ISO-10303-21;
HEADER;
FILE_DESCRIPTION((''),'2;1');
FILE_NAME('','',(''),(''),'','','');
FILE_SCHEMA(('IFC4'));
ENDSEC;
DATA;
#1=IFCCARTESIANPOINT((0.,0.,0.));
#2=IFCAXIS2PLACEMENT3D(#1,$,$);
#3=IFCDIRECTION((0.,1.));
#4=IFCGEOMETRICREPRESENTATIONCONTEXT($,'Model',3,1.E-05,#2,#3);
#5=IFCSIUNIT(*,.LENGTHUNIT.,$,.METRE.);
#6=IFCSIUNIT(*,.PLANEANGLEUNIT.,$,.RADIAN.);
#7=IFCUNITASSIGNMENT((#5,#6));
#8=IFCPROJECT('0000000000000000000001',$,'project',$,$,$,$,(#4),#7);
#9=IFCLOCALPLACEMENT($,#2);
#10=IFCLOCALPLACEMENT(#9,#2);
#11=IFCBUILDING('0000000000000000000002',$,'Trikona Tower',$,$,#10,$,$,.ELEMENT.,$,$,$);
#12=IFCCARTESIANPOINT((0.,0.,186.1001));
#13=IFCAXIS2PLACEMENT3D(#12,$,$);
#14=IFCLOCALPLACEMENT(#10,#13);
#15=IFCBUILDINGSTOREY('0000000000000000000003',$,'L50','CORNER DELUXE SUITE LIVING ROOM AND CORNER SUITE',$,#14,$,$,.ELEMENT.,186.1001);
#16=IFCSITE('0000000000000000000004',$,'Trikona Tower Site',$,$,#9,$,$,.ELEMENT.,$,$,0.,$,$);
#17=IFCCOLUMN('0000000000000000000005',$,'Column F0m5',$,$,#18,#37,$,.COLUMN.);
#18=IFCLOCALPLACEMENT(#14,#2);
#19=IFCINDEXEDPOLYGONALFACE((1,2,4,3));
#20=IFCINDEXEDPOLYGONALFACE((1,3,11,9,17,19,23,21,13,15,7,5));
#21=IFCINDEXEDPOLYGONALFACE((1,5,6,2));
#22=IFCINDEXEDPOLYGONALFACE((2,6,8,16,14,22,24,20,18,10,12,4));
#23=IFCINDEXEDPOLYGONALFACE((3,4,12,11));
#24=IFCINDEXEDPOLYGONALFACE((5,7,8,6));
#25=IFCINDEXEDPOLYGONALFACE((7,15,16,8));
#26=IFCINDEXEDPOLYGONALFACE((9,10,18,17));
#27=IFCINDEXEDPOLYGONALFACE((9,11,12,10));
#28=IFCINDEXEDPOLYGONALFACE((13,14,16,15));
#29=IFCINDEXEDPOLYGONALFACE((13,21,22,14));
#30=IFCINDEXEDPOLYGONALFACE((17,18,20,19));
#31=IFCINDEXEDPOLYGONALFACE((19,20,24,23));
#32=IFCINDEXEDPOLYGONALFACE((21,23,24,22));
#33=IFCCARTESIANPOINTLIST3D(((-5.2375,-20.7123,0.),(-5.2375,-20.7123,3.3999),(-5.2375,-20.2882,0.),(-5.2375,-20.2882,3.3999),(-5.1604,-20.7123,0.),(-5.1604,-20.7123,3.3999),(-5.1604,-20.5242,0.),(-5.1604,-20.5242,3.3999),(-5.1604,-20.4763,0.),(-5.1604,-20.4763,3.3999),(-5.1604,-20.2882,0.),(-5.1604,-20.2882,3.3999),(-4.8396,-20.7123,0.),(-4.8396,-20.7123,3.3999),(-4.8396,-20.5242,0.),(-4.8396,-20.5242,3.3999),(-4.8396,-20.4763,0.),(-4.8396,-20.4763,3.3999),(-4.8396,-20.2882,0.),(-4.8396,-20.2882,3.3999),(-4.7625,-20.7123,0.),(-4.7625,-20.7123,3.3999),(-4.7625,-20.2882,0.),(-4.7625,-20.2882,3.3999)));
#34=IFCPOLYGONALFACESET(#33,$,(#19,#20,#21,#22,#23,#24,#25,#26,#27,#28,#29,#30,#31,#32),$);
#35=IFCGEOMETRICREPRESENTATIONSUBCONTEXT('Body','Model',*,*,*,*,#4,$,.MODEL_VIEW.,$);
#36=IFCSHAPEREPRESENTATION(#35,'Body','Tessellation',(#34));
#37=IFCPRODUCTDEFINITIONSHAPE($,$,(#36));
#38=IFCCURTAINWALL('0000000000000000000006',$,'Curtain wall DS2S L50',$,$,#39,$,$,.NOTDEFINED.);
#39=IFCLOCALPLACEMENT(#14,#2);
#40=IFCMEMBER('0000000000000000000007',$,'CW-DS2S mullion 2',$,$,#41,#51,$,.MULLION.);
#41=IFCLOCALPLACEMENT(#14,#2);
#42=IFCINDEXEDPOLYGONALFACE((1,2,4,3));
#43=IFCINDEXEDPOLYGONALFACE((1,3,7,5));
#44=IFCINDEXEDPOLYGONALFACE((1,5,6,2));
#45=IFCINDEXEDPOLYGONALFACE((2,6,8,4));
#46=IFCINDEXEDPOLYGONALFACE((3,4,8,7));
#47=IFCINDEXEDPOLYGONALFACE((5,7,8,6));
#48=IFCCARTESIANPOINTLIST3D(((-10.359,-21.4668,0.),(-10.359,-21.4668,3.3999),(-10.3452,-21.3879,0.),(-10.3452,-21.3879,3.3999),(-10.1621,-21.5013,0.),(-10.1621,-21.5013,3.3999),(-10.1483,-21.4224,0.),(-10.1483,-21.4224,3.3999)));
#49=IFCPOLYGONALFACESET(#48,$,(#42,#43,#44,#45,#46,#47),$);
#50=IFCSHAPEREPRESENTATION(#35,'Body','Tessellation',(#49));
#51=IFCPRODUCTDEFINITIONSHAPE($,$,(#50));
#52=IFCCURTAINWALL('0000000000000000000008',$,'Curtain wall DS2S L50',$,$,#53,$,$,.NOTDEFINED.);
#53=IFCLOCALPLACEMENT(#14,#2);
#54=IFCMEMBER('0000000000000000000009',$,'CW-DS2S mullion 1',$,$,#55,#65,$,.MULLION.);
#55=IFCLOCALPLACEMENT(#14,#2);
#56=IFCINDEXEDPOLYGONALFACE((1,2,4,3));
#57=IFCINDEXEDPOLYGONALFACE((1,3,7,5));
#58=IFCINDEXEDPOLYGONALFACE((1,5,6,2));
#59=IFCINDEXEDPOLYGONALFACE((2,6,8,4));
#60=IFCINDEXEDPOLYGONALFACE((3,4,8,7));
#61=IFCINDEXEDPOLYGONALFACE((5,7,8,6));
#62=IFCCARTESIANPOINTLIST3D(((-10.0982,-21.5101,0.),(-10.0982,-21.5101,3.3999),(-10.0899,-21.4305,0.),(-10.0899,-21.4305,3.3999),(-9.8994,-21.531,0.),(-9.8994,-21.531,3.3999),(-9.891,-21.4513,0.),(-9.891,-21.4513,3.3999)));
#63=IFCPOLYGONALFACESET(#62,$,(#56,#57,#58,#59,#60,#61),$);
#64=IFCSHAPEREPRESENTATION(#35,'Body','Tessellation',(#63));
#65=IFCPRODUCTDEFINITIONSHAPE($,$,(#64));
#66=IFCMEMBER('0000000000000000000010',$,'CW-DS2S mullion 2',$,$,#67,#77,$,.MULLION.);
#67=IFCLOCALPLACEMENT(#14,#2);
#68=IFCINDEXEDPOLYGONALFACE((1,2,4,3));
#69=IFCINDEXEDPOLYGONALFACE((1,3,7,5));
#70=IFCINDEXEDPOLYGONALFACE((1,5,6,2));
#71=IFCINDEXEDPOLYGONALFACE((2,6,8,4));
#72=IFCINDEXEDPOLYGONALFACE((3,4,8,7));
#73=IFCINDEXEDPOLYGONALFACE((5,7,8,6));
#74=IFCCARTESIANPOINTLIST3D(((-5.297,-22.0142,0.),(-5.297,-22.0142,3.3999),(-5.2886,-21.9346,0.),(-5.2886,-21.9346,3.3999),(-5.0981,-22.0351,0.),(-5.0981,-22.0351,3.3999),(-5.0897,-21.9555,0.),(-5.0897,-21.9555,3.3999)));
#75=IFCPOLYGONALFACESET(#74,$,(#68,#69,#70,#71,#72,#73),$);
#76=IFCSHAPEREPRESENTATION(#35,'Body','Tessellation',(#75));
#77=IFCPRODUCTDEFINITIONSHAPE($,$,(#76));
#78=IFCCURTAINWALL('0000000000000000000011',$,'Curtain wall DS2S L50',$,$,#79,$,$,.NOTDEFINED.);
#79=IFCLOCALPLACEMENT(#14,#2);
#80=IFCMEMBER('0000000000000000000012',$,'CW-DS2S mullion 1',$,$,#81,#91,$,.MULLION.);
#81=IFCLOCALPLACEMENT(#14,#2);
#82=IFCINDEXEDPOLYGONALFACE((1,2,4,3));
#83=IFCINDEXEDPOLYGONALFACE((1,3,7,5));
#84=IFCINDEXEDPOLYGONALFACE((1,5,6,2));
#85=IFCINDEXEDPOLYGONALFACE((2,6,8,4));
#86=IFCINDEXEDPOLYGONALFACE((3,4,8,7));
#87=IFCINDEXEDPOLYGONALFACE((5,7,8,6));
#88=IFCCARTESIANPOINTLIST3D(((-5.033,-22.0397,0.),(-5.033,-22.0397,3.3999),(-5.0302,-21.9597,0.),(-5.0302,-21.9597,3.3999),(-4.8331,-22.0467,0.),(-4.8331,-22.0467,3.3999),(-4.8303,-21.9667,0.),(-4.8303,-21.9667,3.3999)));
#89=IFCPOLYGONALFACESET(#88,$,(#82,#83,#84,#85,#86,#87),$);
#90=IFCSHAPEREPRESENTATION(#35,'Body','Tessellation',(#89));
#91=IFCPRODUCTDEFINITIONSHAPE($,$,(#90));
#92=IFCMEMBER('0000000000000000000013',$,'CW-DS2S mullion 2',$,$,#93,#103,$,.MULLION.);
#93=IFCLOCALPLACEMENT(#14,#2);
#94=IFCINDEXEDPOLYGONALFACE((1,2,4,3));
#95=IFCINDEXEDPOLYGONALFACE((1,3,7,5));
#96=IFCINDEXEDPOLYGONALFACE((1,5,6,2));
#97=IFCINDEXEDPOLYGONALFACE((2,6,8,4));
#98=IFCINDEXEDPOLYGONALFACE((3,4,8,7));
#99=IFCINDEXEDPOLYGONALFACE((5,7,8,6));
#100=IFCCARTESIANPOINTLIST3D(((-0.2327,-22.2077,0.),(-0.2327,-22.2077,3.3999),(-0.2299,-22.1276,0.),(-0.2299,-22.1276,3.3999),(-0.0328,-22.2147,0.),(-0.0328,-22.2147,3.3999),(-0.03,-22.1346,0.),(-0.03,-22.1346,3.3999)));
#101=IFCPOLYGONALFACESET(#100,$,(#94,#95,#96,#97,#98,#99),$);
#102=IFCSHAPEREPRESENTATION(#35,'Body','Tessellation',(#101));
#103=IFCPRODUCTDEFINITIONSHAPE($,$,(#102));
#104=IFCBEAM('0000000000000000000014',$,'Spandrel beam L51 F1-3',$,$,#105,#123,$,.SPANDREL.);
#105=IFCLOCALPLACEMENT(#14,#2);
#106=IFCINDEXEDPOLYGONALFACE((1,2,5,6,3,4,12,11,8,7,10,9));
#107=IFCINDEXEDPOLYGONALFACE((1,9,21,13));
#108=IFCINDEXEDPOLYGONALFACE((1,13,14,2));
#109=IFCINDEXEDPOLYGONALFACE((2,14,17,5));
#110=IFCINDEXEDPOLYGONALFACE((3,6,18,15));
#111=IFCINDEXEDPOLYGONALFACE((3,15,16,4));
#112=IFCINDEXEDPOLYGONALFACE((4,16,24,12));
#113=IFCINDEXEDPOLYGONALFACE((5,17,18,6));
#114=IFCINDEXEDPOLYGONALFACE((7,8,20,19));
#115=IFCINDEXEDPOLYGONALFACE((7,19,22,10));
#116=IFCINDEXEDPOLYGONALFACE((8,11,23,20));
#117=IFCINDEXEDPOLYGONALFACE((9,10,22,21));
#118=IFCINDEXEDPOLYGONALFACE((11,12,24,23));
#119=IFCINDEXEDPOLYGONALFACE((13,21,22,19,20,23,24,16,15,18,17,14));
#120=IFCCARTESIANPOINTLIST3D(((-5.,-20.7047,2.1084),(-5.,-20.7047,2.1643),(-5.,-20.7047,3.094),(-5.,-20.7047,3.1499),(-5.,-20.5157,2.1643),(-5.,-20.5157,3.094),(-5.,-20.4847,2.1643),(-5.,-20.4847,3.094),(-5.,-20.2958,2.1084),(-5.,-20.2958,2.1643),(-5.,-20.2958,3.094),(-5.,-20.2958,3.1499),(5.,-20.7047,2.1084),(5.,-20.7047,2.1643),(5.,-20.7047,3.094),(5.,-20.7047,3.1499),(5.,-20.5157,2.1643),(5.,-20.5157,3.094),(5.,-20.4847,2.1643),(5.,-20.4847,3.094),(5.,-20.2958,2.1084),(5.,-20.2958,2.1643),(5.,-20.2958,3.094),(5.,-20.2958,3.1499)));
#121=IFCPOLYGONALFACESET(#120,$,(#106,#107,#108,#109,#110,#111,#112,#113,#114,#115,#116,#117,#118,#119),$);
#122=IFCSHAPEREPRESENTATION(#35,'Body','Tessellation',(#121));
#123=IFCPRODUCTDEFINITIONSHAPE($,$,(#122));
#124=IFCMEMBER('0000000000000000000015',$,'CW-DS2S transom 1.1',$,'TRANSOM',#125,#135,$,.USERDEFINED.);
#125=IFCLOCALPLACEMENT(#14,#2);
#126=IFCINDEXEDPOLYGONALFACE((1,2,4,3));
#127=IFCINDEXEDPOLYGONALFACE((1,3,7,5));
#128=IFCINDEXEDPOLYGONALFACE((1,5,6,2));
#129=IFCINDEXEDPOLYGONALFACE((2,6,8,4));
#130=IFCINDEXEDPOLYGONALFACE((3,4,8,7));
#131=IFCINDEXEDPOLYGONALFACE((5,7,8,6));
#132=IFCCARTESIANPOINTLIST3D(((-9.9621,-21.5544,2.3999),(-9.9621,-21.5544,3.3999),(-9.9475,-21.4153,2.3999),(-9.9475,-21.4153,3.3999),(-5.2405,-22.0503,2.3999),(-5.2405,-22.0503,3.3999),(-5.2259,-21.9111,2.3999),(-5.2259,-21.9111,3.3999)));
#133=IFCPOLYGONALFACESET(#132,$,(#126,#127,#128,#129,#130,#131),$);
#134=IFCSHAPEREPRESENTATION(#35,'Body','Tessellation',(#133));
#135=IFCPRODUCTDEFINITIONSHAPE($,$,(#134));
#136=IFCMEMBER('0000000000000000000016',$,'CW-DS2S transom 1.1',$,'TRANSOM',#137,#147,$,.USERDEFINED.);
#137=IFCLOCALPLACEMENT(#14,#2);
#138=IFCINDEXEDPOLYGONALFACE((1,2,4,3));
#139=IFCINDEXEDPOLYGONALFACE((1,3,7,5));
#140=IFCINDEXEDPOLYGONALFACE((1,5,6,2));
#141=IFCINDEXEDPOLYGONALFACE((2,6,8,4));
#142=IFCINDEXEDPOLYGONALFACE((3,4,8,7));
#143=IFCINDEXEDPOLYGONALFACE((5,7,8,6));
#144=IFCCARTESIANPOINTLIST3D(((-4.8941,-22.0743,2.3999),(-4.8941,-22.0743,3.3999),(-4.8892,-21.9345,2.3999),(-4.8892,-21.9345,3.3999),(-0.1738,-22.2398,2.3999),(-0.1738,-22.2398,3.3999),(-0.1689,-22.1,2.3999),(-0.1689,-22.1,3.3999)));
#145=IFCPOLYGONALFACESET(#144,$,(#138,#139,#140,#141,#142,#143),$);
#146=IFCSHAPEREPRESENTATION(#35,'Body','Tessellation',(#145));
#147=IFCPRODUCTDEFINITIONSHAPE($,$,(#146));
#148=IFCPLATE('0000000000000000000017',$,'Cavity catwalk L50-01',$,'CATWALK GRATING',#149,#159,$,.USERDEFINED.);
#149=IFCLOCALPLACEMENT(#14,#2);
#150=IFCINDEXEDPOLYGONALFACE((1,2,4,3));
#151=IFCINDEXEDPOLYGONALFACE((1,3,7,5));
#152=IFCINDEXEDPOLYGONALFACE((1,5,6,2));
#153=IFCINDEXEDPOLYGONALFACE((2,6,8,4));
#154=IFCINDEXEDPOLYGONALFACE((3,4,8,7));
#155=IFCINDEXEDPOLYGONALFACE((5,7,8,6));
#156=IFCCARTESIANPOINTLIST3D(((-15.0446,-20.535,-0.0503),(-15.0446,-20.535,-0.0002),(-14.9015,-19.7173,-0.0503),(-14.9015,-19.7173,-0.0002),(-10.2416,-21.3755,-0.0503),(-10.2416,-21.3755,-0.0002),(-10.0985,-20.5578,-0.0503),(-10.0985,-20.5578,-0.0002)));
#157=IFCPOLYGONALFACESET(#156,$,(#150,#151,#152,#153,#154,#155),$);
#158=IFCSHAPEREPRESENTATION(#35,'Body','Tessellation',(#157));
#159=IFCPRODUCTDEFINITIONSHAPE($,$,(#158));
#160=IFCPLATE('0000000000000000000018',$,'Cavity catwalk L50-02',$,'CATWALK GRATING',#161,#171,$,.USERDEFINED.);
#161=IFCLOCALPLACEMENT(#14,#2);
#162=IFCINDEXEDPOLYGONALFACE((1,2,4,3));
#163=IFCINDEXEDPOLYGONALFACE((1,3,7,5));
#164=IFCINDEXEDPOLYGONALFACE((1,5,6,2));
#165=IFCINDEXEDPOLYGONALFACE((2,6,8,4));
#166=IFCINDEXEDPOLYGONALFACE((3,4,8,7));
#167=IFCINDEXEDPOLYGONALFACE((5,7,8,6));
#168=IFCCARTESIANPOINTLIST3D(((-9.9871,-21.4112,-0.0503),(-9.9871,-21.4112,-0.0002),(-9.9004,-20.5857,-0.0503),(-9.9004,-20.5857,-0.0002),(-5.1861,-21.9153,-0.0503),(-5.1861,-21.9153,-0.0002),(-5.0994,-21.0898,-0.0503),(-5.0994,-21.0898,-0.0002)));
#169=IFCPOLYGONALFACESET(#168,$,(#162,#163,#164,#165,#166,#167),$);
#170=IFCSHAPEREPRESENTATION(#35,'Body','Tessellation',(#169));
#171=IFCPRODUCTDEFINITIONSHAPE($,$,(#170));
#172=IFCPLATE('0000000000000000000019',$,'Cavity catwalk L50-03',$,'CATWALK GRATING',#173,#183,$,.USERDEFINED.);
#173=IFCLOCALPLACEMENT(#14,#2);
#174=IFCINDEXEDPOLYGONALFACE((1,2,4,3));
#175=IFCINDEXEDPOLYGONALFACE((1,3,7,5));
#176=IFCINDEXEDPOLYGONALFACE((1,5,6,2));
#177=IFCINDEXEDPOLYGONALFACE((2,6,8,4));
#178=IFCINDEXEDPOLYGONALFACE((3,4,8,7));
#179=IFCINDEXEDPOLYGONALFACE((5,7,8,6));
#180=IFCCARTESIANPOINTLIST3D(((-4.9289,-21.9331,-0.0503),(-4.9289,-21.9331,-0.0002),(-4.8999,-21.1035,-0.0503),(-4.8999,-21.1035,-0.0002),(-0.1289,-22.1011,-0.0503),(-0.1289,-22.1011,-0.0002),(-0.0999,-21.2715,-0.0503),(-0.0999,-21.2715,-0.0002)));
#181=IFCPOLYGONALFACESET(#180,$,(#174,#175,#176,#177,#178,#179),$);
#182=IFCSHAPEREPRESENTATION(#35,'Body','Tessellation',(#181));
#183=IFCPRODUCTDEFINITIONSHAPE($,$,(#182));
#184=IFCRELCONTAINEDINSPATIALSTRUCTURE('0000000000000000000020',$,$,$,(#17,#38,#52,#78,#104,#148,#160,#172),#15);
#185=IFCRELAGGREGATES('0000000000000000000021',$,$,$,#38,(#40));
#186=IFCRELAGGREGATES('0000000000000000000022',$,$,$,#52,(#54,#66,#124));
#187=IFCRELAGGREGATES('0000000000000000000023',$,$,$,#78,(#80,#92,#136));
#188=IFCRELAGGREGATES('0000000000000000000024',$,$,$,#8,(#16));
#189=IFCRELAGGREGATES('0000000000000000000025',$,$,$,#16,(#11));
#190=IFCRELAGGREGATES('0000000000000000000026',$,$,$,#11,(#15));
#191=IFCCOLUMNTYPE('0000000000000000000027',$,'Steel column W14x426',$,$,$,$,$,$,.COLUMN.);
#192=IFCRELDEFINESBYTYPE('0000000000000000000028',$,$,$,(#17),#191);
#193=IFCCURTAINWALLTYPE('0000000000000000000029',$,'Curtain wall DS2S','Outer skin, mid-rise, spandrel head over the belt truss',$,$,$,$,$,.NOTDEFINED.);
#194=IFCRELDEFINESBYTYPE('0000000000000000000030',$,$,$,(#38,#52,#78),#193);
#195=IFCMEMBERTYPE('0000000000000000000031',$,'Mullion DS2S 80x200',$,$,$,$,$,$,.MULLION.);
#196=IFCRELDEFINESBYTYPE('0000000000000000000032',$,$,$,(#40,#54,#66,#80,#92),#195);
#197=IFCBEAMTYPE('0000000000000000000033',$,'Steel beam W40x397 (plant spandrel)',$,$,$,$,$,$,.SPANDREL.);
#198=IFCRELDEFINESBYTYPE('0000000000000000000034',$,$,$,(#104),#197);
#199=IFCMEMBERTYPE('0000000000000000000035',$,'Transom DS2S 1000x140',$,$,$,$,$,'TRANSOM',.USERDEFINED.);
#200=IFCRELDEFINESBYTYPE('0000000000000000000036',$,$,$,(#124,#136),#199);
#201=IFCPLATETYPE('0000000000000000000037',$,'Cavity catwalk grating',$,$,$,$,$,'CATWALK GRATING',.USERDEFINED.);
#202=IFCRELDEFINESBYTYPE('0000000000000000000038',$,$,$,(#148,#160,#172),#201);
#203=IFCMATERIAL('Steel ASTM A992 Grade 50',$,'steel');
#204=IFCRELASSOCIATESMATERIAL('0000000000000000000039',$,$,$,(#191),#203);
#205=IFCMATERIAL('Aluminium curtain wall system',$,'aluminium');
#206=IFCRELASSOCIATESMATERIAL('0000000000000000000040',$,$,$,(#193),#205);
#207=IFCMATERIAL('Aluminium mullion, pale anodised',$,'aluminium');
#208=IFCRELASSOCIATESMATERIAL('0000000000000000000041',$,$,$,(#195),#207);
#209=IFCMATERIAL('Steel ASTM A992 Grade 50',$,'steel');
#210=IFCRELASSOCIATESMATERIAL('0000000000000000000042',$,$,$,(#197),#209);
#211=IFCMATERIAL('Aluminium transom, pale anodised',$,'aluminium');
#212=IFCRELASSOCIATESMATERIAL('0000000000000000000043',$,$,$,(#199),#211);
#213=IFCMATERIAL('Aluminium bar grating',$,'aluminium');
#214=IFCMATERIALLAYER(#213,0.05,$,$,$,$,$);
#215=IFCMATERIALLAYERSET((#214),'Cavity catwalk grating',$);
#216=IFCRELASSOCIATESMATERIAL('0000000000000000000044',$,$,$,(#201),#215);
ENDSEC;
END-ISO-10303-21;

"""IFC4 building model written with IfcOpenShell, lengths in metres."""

from ifc_helpers import new_model, si_unit, direction, frame, origin, origin_2d, place, context, subcontext, project, spatial, rectangle, i_section, extrude, material, layer, layer_set, material_profile, profile_set, type_object, element, aggregate, save


model = new_model("IFC4")

# Units and contexts
model_context = context("Model", 3, precision=1e-05, world=origin(), true_north=direction((0.0, 1.0)))
body_context = subcontext(model_context, "Body", "Model", "MODEL_VIEW")
ifc_project = project(units=[si_unit("LENGTHUNIT", "METRE"), si_unit("PLANEANGLEUNIT", "RADIAN")], contexts=[model_context])

# Site, building, storey
site_placement = place(None, origin())
site = spatial("IfcSite", under=ifc_project, at=site_placement, Name="Trikona Tower Site", CompositionType="ELEMENT", RefElevation=0.0)
building_placement = place(site_placement, origin())
building = spatial("IfcBuilding", under=site, at=building_placement, Name="Trikona Tower", CompositionType="ELEMENT")
storey_placement = place(building_placement, frame((0.0, 0.0, 186.1001)))
storey = spatial("IfcBuildingStorey", under=building, at=storey_placement, Name="L50", Description="CORNER DELUXE SUITE LIVING ROOM AND CORNER SUITE", CompositionType="ELEMENT", Elevation=186.1001)

# Column
ifc_material_1 = material(Name="Steel ASTM A992 Grade 50", Category="steel")
ifc_material_profile_1 = material_profile(ifc_material_1, i_section(OverallWidth=0.4241, OverallDepth=0.4751, WebThickness=0.0479, FlangeThickness=0.0771, at=origin_2d()), Name="W14X426")
ifc_profile_set_1 = profile_set([ifc_material_profile_1], Name="Steel ASTM A992 Grade 50")
column_type = type_object("IfcColumnType", Name="Steel column W14x426", PredefinedType="COLUMN", material=ifc_profile_set_1)
column_placement = place(storey_placement, frame((-5.0, -20.5002, 0.0), z_axis=(0.0, 0.0, 1.0), x_axis=(0.0, -1.0, 0.0)))
element("IfcColumn", 1, at=column_placement, inside=storey, type_object=column_type, Name="Column F0m5", PredefinedType="COLUMN", context=body_context, shape_type="SweptSolid", body=[
    extrude(i_section(OverallWidth=0.4241, OverallDepth=0.4751, WebThickness=0.0479, FlangeThickness=0.0771, at=origin_2d()), origin(), (0.0, 0.0, 1.0), 3.3999),
])

# Curtain wall, member
ifc_material_2 = material(Name="Aluminium curtain wall system", Category="aluminium")
curtain_wall_type = type_object("IfcCurtainWallType", Name="Curtain wall DS2S", Description="Outer skin, mid-rise, spandrel head over the belt truss", PredefinedType="NOTDEFINED", material=ifc_material_2)
curtain_wall_1_placement = place(storey_placement, origin())
curtain_wall_1 = element("IfcCurtainWall", 2, at=curtain_wall_1_placement, inside=storey, type_object=curtain_wall_type, Name="Curtain wall DS2S L50", PredefinedType="NOTDEFINED")
ifc_material_3 = material(Name="Aluminium mullion, pale anodised", Category="aluminium")
ifc_material_profile_2 = material_profile(ifc_material_3, rectangle(XDim=0.0801, YDim=0.2, at=origin_2d()), Name="MUL-DS2S")
ifc_profile_set_2 = profile_set([ifc_material_profile_2], Name="Aluminium mullion, pale anodised")
member_type_1 = type_object("IfcMemberType", Name="Mullion DS2S 80x200", PredefinedType="MULLION", material=ifc_profile_set_2)
member_1_placement = place(storey_placement, frame((-10.2537, -21.4446, 0.0), z_axis=(0.0, 0.0, 1.0), x_axis=(0.172377, 0.985031, 0.0)))
member_1 = element("IfcMember", 3, at=member_1_placement, type_object=member_type_1, Name="CW-DS2S mullion 2", PredefinedType="MULLION", context=body_context, shape_type="SweptSolid", body=[
    extrude(rectangle(XDim=0.0801, YDim=0.2, at=origin_2d()), origin(), (0.0, 0.0, 1.0), 3.3999),
])

# Curtain walls, members
curtain_wall_2_placement = place(storey_placement, origin())
curtain_wall_2 = element("IfcCurtainWall", 4, at=curtain_wall_2_placement, inside=storey, type_object=curtain_wall_type, Name="Curtain wall DS2S L50", PredefinedType="NOTDEFINED")
member_2_placement = place(storey_placement, frame((-9.9946, -21.4807, 0.0), z_axis=(0.0, 0.0, 1.0), x_axis=(0.104433, 0.994532, 0.0)))
member_2 = element("IfcMember", 5, at=member_2_placement, type_object=member_type_1, Name="CW-DS2S mullion 1", PredefinedType="MULLION", context=body_context, shape_type="SweptSolid", body=[
    extrude(rectangle(XDim=0.0801, YDim=0.2, at=origin_2d()), origin(), (0.0, 0.0, 1.0), 3.3999),
])
member_3_placement = place(storey_placement, frame((-5.1934, -21.9849, 0.0), z_axis=(0.0, 0.0, 1.0), x_axis=(0.104433, 0.994532, 0.0)))
member_3 = element("IfcMember", 6, at=member_3_placement, type_object=member_type_1, Name="CW-DS2S mullion 2", PredefinedType="MULLION", context=body_context, shape_type="SweptSolid", body=[
    extrude(rectangle(XDim=0.0801, YDim=0.2, at=origin_2d()), origin(), (0.0, 0.0, 1.0), 3.3999),
])
curtain_wall_3_placement = place(storey_placement, origin())
curtain_wall_3 = element("IfcCurtainWall", 7, at=curtain_wall_3_placement, inside=storey, type_object=curtain_wall_type, Name="Curtain wall DS2S L50", PredefinedType="NOTDEFINED")
member_4_placement = place(storey_placement, frame((-4.9316, -22.0032, 0.0), z_axis=(0.0, 0.0, 1.0), x_axis=(0.034998, 0.999387, 0.0)))
member_4 = element("IfcMember", 8, at=member_4_placement, type_object=member_type_1, Name="CW-DS2S mullion 1", PredefinedType="MULLION", context=body_context, shape_type="SweptSolid", body=[
    extrude(rectangle(XDim=0.0801, YDim=0.2, at=origin_2d()), origin(), (0.0, 0.0, 1.0), 3.3999),
])
member_5_placement = place(storey_placement, frame((-0.1313, -22.1711, 0.0), z_axis=(0.0, 0.0, 1.0), x_axis=(0.034998, 0.999387, 0.0)))
member_5 = element("IfcMember", 9, at=member_5_placement, type_object=member_type_1, Name="CW-DS2S mullion 2", PredefinedType="MULLION", context=body_context, shape_type="SweptSolid", body=[
    extrude(rectangle(XDim=0.0801, YDim=0.2, at=origin_2d()), origin(), (0.0, 0.0, 1.0), 3.3999),
])

# Beam
ifc_material_4 = material(Name="Steel ASTM A992 Grade 50", Category="steel")
ifc_material_profile_3 = material_profile(ifc_material_4, i_section(OverallWidth=0.4089, OverallDepth=1.0415, WebThickness=0.031, FlangeThickness=0.0559, at=origin_2d()), Name="W40X397")
ifc_profile_set_3 = profile_set([ifc_material_profile_3], Name="Steel ASTM A992 Grade 50")
beam_type = type_object("IfcBeamType", Name="Steel beam W40x397 (plant spandrel)", PredefinedType="SPANDREL", material=ifc_profile_set_3)
beam_placement = place(storey_placement, frame((-5.0, -20.5002, 2.6292), z_axis=(1.0, 0.0, 0.0), x_axis=(0.0, 1.0, 0.0)))
element("IfcBeam", 10, at=beam_placement, inside=storey, type_object=beam_type, Name="Spandrel beam L51 F1-3", PredefinedType="SPANDREL", context=body_context, shape_type="SweptSolid", body=[
    extrude(i_section(OverallWidth=0.4089, OverallDepth=1.0415, WebThickness=0.031, FlangeThickness=0.0559, at=origin_2d()), origin(), (0.0, 0.0, 1.0), 10.0),
])

# Members
ifc_material_5 = material(Name="Aluminium transom, pale anodised", Category="aluminium")
ifc_material_profile_4 = material_profile(ifc_material_5, rectangle(XDim=0.1399, YDim=1.0, at=origin_2d()), Name="TRN-DS2S")
ifc_profile_set_4 = profile_set([ifc_material_profile_4], Name="Aluminium transom, pale anodised")
member_type_2 = type_object("IfcMemberType", Name="Transom DS2S 1000x140", ElementType="TRANSOM", PredefinedType="USERDEFINED", material=ifc_profile_set_4)
member_6_placement = place(storey_placement, frame((-9.9548, -21.4849, 2.8999), z_axis=(0.994531, -0.104441, 0.0), x_axis=(0.104441, 0.994531, 0.0)))
member_6 = element("IfcMember", 11, at=member_6_placement, type_object=member_type_2, Name="CW-DS2S transom 1.1", ObjectType="TRANSOM", PredefinedType="USERDEFINED", context=body_context, shape_type="SweptSolid", body=[
    extrude(rectangle(XDim=0.1399, YDim=1.0, at=origin_2d()), origin(), (0.0, 0.0, 1.0), 4.7476),
])
member_7_placement = place(storey_placement, frame((-4.8916, -22.0044, 2.8999), z_axis=(0.999386, -0.035046, 0.0), x_axis=(0.035046, 0.999386, 0.0)))
member_7 = element("IfcMember", 12, at=member_7_placement, type_object=member_type_2, Name="CW-DS2S transom 1.1", ObjectType="TRANSOM", PredefinedType="USERDEFINED", context=body_context, shape_type="SweptSolid", body=[
    extrude(rectangle(XDim=0.1399, YDim=1.0, at=origin_2d()), origin(), (0.0, 0.0, 1.0), 4.7231),
])

# Plates
ifc_material_6 = material(Name="Aluminium bar grating", Category="aluminium")
ifc_layer_1 = layer(ifc_material_6, 0.05)
ifc_layer_set_1 = layer_set([ifc_layer_1], Name="Cavity catwalk grating")
plate_type_1 = type_object("IfcPlateType", Name="Cavity catwalk grating", ElementType="CATWALK GRATING", PredefinedType="USERDEFINED", material=ifc_layer_set_1)
plate_1_placement = place(storey_placement, frame((-12.5715, -20.5464, -0.0503), z_axis=(0.0, 0.0, 1.0), x_axis=(0.985031, -0.17238, 0.0)))
element("IfcPlate", 13, at=plate_1_placement, inside=storey, type_object=plate_type_1, Name="Cavity catwalk L50-01", ObjectType="CATWALK GRATING", PredefinedType="USERDEFINED", context=body_context, shape_type="SweptSolid", body=[
    extrude(rectangle(XDim=4.876, YDim=0.8301, at=origin_2d()), origin(), (0.0, 0.0, 1.0), 0.05),
])
plate_2_placement = place(storey_placement, frame((-7.5432, -21.2505, -0.0503), z_axis=(0.0, 0.0, 1.0), x_axis=(0.994533, -0.104426, 0.0)))
element("IfcPlate", 14, at=plate_2_placement, inside=storey, type_object=plate_type_1, Name="Cavity catwalk L50-02", ObjectType="CATWALK GRATING", PredefinedType="USERDEFINED", context=body_context, shape_type="SweptSolid", body=[
    extrude(rectangle(XDim=4.8274, YDim=0.8301, at=origin_2d()), origin(), (0.0, 0.0, 1.0), 0.05),
])
plate_3_placement = place(storey_placement, frame((-2.5144, -21.6023, -0.0503), z_axis=(0.0, 0.0, 1.0), x_axis=(0.999388, -0.034978, 0.0)))
element("IfcPlate", 15, at=plate_3_placement, inside=storey, type_object=plate_type_1, Name="Cavity catwalk L50-03", ObjectType="CATWALK GRATING", PredefinedType="USERDEFINED", context=body_context, shape_type="SweptSolid", body=[
    extrude(rectangle(XDim=4.803, YDim=0.8301, at=origin_2d()), origin(), (0.0, 0.0, 1.0), 0.05),
])

aggregate(curtain_wall_1, [member_1])
aggregate(curtain_wall_2, [member_2, member_3, member_6])
aggregate(curtain_wall_3, [member_4, member_5, member_7])

save(model, "model.ifc")
